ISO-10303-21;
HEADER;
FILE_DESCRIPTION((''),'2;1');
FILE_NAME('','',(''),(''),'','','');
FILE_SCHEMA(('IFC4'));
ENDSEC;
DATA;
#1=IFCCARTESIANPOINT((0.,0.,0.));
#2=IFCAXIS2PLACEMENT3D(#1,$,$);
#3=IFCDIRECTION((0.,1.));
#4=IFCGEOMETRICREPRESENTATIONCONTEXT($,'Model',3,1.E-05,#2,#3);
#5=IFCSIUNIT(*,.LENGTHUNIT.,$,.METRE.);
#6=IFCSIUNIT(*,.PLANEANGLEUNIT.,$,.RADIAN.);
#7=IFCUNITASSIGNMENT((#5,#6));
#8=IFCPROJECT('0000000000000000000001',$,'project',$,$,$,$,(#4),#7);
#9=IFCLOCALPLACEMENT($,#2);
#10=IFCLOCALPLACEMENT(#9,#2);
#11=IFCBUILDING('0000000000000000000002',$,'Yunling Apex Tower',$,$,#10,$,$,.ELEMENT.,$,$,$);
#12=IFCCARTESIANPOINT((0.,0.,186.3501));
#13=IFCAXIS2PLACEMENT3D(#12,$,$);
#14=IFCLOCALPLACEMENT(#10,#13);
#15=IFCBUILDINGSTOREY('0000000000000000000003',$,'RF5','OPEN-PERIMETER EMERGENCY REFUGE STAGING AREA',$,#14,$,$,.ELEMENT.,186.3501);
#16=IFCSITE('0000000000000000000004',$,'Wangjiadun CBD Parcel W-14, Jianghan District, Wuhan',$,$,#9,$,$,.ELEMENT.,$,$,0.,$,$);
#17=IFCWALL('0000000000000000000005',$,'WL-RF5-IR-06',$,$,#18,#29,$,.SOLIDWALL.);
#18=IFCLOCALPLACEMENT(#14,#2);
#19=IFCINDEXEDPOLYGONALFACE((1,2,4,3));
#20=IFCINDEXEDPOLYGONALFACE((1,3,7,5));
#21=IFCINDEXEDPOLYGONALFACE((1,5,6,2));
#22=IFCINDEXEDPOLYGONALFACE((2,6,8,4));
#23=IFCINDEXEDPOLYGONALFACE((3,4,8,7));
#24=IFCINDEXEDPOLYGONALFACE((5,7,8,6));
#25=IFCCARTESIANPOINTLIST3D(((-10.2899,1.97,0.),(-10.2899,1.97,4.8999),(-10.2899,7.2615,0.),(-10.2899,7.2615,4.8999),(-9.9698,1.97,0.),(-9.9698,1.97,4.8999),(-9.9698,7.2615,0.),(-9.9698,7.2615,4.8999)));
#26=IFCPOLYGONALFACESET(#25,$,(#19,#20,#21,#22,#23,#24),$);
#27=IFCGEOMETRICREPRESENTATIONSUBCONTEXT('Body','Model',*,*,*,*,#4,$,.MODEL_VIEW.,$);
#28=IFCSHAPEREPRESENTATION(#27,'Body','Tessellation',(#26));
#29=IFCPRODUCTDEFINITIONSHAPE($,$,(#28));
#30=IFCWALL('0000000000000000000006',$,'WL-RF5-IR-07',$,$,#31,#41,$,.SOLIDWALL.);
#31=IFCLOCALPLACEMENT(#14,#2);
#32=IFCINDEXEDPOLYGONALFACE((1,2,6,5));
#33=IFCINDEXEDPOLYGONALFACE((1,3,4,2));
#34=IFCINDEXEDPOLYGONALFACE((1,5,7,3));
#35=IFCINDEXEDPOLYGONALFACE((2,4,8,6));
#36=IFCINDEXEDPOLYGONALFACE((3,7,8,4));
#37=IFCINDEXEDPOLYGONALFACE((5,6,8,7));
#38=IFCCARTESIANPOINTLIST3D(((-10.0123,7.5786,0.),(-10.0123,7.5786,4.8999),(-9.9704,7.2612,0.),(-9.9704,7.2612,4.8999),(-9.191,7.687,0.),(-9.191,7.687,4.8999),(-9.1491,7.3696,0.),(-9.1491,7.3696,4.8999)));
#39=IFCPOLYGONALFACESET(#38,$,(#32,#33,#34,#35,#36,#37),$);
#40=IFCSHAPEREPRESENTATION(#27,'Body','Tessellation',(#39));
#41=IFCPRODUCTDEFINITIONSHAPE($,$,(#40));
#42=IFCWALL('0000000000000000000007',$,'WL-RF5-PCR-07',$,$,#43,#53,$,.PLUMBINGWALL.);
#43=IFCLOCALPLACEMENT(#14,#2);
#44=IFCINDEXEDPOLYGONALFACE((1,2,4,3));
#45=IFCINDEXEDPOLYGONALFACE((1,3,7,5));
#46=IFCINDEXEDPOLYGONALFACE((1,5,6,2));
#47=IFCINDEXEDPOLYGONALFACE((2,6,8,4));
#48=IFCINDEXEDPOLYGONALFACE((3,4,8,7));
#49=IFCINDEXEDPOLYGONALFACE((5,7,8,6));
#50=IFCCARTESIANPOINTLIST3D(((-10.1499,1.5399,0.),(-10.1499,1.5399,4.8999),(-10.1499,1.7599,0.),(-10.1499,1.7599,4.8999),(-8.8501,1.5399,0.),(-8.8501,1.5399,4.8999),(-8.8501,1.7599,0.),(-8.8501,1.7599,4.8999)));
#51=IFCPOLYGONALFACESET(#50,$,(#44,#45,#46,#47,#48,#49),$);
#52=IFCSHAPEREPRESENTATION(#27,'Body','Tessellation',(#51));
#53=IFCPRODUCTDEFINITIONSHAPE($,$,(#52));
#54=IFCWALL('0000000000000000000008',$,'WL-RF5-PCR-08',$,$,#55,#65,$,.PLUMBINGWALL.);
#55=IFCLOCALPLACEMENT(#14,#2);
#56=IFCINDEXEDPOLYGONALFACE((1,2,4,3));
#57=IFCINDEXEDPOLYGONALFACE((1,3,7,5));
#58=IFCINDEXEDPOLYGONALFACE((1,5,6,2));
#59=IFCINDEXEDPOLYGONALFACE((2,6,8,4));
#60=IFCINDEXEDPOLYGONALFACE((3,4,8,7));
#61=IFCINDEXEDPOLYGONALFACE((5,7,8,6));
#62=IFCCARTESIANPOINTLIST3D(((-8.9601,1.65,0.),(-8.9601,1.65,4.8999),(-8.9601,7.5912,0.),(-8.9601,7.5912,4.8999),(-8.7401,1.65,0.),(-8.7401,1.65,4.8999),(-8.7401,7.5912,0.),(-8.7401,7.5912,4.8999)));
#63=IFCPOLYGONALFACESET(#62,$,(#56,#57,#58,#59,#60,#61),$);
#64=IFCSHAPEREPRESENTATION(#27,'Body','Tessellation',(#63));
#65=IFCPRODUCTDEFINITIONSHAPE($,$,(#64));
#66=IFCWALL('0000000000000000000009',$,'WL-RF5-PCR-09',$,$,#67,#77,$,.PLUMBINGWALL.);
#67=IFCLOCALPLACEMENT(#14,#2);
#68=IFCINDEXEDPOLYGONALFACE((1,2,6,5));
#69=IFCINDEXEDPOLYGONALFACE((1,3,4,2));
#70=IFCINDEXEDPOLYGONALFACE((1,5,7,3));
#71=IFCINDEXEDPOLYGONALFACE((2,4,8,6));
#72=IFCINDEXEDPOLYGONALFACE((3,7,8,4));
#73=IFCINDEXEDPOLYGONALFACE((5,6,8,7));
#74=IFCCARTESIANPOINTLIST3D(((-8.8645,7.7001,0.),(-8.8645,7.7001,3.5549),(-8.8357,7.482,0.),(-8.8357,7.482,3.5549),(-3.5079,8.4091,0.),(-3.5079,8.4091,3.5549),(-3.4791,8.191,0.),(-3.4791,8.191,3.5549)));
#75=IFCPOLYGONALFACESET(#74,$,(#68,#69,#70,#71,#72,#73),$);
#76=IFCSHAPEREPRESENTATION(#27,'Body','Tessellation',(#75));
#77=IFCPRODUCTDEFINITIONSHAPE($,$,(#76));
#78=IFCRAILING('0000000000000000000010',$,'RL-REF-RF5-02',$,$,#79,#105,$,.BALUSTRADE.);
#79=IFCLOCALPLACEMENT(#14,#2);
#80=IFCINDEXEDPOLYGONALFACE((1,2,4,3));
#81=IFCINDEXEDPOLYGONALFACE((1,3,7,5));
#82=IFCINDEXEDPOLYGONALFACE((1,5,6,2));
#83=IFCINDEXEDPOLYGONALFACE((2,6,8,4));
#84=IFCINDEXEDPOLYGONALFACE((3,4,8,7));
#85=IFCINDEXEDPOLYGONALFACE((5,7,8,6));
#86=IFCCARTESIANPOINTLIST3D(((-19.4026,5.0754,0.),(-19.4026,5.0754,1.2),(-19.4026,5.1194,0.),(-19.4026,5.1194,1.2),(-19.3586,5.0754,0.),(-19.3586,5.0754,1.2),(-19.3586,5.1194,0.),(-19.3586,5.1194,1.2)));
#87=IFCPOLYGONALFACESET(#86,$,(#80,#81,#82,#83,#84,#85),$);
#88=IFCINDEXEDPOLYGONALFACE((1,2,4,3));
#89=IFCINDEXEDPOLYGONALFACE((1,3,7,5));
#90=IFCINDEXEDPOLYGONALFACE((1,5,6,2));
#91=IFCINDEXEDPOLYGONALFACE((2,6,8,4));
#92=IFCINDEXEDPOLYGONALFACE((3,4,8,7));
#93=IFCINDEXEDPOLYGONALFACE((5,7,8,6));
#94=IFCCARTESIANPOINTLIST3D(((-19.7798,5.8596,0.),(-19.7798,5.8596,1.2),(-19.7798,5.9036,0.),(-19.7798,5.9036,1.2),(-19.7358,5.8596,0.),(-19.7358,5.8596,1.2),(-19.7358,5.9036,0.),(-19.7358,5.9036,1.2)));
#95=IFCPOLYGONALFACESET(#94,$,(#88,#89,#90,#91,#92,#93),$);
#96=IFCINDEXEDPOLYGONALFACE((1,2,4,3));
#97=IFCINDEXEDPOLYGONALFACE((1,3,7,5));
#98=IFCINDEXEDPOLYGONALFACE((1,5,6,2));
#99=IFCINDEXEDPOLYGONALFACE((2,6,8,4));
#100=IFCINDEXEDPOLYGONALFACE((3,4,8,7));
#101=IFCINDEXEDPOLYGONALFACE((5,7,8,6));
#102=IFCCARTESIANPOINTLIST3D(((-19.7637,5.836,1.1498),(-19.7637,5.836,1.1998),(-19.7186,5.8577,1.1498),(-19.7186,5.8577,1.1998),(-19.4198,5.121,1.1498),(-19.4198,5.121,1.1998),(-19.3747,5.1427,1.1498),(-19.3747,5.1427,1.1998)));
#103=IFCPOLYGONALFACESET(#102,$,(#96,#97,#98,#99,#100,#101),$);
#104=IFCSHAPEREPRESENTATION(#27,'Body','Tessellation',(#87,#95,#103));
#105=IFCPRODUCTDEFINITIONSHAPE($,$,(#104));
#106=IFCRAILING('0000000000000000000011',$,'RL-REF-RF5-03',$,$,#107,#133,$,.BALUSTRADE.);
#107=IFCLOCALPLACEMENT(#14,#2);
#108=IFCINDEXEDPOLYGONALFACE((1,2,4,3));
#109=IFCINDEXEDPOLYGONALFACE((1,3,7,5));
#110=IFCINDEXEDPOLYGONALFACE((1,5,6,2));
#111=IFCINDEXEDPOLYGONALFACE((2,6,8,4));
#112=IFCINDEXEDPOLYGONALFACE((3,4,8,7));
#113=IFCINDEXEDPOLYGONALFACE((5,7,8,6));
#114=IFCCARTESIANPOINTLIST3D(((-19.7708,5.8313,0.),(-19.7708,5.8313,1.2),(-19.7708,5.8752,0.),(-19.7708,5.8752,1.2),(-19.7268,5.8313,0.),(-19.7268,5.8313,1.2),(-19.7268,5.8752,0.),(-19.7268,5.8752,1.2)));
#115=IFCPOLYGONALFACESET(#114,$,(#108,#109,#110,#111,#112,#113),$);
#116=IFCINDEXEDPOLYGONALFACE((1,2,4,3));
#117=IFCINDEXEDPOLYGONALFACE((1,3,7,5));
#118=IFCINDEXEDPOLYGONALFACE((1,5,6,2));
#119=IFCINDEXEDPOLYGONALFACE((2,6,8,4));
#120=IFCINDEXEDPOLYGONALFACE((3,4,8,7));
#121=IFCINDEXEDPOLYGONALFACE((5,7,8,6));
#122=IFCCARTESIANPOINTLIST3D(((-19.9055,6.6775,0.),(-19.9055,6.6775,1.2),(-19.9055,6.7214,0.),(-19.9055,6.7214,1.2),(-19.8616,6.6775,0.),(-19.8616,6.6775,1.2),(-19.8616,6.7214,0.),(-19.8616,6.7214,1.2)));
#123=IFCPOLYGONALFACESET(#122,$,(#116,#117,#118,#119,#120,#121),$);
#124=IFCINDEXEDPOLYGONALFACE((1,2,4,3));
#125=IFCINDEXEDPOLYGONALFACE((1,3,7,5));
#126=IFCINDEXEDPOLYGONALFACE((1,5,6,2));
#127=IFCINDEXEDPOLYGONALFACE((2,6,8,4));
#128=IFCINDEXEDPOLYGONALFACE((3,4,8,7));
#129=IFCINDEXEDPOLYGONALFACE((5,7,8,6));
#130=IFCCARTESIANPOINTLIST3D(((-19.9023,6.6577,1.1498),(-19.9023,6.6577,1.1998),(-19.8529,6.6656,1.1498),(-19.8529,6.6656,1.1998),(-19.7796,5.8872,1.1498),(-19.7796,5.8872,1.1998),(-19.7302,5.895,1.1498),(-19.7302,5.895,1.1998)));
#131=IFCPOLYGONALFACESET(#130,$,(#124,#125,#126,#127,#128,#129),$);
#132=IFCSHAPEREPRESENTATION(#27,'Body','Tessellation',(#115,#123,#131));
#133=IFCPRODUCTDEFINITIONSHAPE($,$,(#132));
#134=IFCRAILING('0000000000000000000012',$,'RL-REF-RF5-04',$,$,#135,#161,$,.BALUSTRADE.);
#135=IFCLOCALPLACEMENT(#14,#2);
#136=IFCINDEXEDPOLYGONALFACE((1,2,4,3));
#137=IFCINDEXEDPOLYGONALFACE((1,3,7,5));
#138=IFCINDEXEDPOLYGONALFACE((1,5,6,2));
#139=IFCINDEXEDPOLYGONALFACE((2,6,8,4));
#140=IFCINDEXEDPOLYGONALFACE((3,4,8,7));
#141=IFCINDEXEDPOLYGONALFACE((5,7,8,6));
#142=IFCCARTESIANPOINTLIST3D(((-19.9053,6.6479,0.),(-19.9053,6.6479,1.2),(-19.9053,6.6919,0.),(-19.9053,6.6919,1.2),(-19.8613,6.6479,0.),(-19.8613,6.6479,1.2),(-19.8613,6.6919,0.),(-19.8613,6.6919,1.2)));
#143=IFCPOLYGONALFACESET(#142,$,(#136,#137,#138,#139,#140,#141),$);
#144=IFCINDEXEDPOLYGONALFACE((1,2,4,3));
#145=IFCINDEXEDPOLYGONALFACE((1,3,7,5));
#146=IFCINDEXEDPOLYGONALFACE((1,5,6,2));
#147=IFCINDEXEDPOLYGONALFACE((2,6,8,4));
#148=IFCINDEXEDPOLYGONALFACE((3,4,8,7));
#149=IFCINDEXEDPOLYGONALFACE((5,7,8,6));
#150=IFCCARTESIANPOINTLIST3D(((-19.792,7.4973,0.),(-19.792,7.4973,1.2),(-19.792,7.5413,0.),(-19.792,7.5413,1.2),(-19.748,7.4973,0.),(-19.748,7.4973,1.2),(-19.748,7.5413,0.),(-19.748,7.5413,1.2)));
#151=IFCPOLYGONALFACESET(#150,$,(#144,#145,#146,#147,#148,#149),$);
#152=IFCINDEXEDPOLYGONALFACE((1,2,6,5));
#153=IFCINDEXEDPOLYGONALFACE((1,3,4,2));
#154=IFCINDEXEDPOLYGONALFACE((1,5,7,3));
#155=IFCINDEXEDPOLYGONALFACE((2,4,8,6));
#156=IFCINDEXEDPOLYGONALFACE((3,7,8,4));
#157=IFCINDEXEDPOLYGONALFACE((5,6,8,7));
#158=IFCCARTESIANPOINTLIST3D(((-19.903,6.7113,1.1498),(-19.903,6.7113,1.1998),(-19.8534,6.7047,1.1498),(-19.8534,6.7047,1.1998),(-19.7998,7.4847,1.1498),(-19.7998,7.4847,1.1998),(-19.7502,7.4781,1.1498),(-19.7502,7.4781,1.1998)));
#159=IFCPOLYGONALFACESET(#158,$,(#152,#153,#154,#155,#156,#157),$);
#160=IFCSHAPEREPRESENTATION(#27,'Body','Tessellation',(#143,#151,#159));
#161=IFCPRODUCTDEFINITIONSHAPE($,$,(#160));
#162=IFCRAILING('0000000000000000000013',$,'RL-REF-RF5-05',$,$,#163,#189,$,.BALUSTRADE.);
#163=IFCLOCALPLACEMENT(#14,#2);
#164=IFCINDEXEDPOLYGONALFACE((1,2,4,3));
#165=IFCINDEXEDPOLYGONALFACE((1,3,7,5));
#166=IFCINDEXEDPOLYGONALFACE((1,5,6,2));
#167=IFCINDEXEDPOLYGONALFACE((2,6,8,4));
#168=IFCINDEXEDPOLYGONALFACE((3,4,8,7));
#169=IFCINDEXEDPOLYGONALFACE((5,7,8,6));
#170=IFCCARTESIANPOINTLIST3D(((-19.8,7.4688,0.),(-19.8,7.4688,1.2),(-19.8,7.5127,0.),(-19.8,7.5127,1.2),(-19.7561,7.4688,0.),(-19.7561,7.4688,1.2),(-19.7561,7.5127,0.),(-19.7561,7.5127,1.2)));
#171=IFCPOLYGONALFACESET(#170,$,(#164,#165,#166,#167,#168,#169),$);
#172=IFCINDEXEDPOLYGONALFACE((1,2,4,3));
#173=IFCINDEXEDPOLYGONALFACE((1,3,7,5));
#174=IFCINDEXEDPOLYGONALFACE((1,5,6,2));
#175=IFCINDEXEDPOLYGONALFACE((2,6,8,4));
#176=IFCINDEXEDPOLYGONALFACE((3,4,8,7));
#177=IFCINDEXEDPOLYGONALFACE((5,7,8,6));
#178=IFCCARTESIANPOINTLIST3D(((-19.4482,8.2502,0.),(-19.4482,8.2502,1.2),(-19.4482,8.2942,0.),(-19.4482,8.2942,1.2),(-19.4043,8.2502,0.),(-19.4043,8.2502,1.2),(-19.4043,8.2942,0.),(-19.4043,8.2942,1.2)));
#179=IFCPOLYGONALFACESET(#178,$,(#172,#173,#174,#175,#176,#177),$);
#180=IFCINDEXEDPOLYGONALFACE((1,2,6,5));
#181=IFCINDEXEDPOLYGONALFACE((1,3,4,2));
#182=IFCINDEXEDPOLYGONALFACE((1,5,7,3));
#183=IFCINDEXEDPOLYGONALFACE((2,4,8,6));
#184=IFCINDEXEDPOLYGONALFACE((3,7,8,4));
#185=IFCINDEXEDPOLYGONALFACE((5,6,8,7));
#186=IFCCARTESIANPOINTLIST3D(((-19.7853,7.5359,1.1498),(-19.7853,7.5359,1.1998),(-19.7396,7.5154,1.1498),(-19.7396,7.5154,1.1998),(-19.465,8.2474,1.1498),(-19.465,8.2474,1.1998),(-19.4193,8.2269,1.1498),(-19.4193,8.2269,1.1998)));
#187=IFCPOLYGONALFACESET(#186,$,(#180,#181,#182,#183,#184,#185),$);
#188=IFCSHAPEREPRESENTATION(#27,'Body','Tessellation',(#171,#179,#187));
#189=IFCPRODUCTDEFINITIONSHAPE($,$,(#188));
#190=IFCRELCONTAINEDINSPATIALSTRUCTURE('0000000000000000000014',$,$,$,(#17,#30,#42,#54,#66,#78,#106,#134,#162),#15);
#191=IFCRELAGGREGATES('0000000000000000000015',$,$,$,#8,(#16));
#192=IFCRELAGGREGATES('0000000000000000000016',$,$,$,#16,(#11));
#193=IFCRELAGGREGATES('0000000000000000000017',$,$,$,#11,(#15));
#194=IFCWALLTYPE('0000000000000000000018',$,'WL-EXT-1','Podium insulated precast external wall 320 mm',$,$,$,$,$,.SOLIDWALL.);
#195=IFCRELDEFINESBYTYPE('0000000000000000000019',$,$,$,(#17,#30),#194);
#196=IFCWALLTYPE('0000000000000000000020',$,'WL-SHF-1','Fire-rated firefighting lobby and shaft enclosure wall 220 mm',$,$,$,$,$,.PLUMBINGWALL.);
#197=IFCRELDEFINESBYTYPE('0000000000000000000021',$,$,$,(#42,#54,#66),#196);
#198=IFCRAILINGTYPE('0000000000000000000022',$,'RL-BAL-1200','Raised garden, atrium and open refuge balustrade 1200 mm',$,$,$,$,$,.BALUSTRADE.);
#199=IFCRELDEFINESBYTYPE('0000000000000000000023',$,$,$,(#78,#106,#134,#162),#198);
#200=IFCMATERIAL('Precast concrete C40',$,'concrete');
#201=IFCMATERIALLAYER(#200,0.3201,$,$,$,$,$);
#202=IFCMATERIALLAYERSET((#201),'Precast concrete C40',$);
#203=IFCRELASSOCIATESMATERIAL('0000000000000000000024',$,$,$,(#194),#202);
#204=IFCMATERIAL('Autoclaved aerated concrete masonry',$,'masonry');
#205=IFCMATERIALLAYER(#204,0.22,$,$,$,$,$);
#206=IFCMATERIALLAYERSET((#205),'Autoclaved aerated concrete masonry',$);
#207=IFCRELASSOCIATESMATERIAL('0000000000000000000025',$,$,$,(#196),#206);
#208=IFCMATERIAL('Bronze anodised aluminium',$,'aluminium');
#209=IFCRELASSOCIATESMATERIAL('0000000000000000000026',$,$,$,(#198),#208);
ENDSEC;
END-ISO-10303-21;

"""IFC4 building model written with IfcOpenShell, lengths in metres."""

from ifc_helpers import new_model, si_unit, direction, frame, frame_2d, origin, origin_2d, place, context, subcontext, project, spatial, rectangle, extrude, material, layer, layer_set, type_object, element, save


model = new_model("IFC4")

# Units and contexts
model_context = context("Model", 3, precision=1e-05, world=origin(), true_north=direction((0.0, 1.0)))
body_context = subcontext(model_context, "Body", "Model", "MODEL_VIEW")
ifc_project = project(units=[si_unit("LENGTHUNIT", "METRE"), si_unit("PLANEANGLEUNIT", "RADIAN")], contexts=[model_context])

# Site, building, storey
site_placement = place(None, origin())
site = spatial("IfcSite", under=ifc_project, at=site_placement, Name="Wangjiadun CBD Parcel W-14, Jianghan District, Wuhan", CompositionType="ELEMENT", RefElevation=0.0)
building_placement = place(site_placement, origin())
building = spatial("IfcBuilding", under=site, at=building_placement, Name="Yunling Apex Tower", CompositionType="ELEMENT")
storey_placement = place(building_placement, frame((0.0, 0.0, 186.3501)))
storey = spatial("IfcBuildingStorey", under=building, at=storey_placement, Name="RF5", Description="OPEN-PERIMETER EMERGENCY REFUGE STAGING AREA", CompositionType="ELEMENT", Elevation=186.3501)

# Walls
ifc_material_1 = material(Name="Precast concrete C40", Category="concrete")
ifc_layer_1 = layer(ifc_material_1, 0.3201)
ifc_layer_set_1 = layer_set([ifc_layer_1], Name="Precast concrete C40")
wall_type_1 = type_object("IfcWallType", Name="WL-EXT-1", Description="Podium insulated precast external wall 320 mm", PredefinedType="SOLIDWALL", material=ifc_layer_set_1)
wall_1_placement = place(storey_placement, frame((-10.1299, 1.97, 0.0), z_axis=(0.0, 0.0, 1.0), x_axis=(0.0, 1.0, 0.0)))
element("IfcWall", 1, at=wall_1_placement, inside=storey, type_object=wall_type_1, Name="WL-RF5-IR-06", PredefinedType="SOLIDWALL", context=body_context, shape_type="SweptSolid", body=[
    extrude(rectangle(XDim=5.2915, YDim=0.3201, at=frame_2d((2.6458, 0.0))), origin(), (0.0, 0.0, 1.0), 4.8999),
])
wall_2_placement = place(storey_placement, frame((-9.9912, 7.4199, 0.0), z_axis=(0.0, 0.0, 1.0), x_axis=(0.991402, 0.130851, 0.0)))
element("IfcWall", 2, at=wall_2_placement, inside=storey, type_object=wall_type_1, Name="WL-RF5-IR-07", PredefinedType="SOLIDWALL", context=body_context, shape_type="SweptSolid", body=[
    extrude(rectangle(XDim=0.8284, YDim=0.3201, at=frame_2d((0.4141, 0.0))), origin(), (0.0, 0.0, 1.0), 4.8999),
])
ifc_material_2 = material(Name="Autoclaved aerated concrete masonry", Category="masonry")
ifc_layer_2 = layer(ifc_material_2, 0.22)
ifc_layer_set_2 = layer_set([ifc_layer_2], Name="Autoclaved aerated concrete masonry")
wall_type_2 = type_object("IfcWallType", Name="WL-SHF-1", Description="Fire-rated firefighting lobby and shaft enclosure wall 220 mm", PredefinedType="PLUMBINGWALL", material=ifc_layer_set_2)
wall_3_placement = place(storey_placement, frame((-10.1499, 1.6499, 0.0), z_axis=(0.0, 0.0, 1.0), x_axis=(1.0, 0.0, 0.0)))
element("IfcWall", 3, at=wall_3_placement, inside=storey, type_object=wall_type_2, Name="WL-RF5-PCR-07", PredefinedType="PLUMBINGWALL", context=body_context, shape_type="SweptSolid", body=[
    extrude(rectangle(XDim=1.2998, YDim=0.22, at=frame_2d((0.6499, 0.0))), origin(), (0.0, 0.0, 1.0), 4.8999),
])
wall_4_placement = place(storey_placement, frame((-8.8501, 1.6499, 0.0), z_axis=(0.0, 0.0, 1.0), x_axis=(0.0, 1.0, 0.0)))
element("IfcWall", 4, at=wall_4_placement, inside=storey, type_object=wall_type_2, Name="WL-RF5-PCR-08", PredefinedType="PLUMBINGWALL", context=body_context, shape_type="SweptSolid", body=[
    extrude(rectangle(XDim=5.9412, YDim=0.22, at=frame_2d((2.9707, 0.0))), origin(), (0.0, 0.0, 1.0), 4.8999),
])
wall_5_placement = place(storey_placement, frame((-8.8501, 7.5911, 0.0), z_axis=(0.0, 0.0, 1.0), x_axis=(0.991355, 0.131211, 0.0)))
element("IfcWall", 5, at=wall_5_placement, inside=storey, type_object=wall_type_2, Name="WL-RF5-PCR-09", PredefinedType="PLUMBINGWALL", context=body_context, shape_type="SweptSolid", body=[
    extrude(rectangle(XDim=5.4033, YDim=0.22, at=frame_2d((2.7017, 0.0))), origin(), (0.0, 0.0, 1.0), 3.5549),
])

# Railings
ifc_material_3 = material(Name="Bronze anodised aluminium", Category="aluminium")
railing_type = type_object("IfcRailingType", Name="RL-BAL-1200", Description="Raised garden, atrium and open refuge balustrade 1200 mm", PredefinedType="BALUSTRADE", material=ifc_material_3)
railing_1_placement = place(storey_placement, frame((-19.3806, 5.0974, 0.0)))
element("IfcRailing", 6, at=railing_1_placement, inside=storey, type_object=railing_type, Name="RL-REF-RF5-02", PredefinedType="BALUSTRADE", context=body_context, shape_type="SweptSolid", body=[
    extrude(rectangle(XDim=0.0439, YDim=0.0439, at=origin_2d()), origin(), (0.0, 0.0, 1.0), 1.2),
    extrude(rectangle(XDim=0.0439, YDim=0.0439, at=origin_2d()), frame((-0.3772, 0.7842, 0.0)), (0.0, 0.0, 1.0), 1.2),
    extrude(rectangle(XDim=0.05, YDim=0.05, at=origin_2d()), frame((-0.0166, 0.0344, 1.1748), z_axis=(-0.43347, 0.901168, 0.0), x_axis=(-0.901168, -0.43347, 0.0)), (0.0, 0.0, 1.0), 0.7935),
])
railing_2_placement = place(storey_placement, frame((-19.7488, 5.8533, 0.0)))
element("IfcRailing", 7, at=railing_2_placement, inside=storey, type_object=railing_type, Name="RL-REF-RF5-03", PredefinedType="BALUSTRADE", context=body_context, shape_type="SweptSolid", body=[
    extrude(rectangle(XDim=0.0439, YDim=0.0439, at=origin_2d()), origin(), (0.0, 0.0, 1.0), 1.2),
    extrude(rectangle(XDim=0.0439, YDim=0.0439, at=origin_2d()), frame((-0.1348, 0.8462, 0.0)), (0.0, 0.0, 1.0), 1.2),
    extrude(rectangle(XDim=0.05, YDim=0.05, at=origin_2d()), frame((-0.0061, 0.0378, 1.1748), z_axis=(-0.157279, 0.987554, 0.0), x_axis=(-0.987554, -0.157279, 0.0)), (0.0, 0.0, 1.0), 0.7803),
])
railing_3_placement = place(storey_placement, frame((-19.8833, 6.6699, 0.0)))
element("IfcRailing", 8, at=railing_3_placement, inside=storey, type_object=railing_type, Name="RL-REF-RF5-04", PredefinedType="BALUSTRADE", context=body_context, shape_type="SweptSolid", body=[
    extrude(rectangle(XDim=0.0439, YDim=0.0439, at=origin_2d()), origin(), (0.0, 0.0, 1.0), 1.2),
    extrude(rectangle(XDim=0.0439, YDim=0.0439, at=origin_2d()), frame((0.1133, 0.8494, 0.0)), (0.0, 0.0, 1.0), 1.2),
    extrude(rectangle(XDim=0.05, YDim=0.05, at=origin_2d()), frame((0.0051, 0.0381, 1.1748), z_axis=(0.132201, 0.991223, 0.0), x_axis=(-0.991223, 0.132201, 0.0)), (0.0, 0.0, 1.0), 0.7803),
])
railing_4_placement = place(storey_placement, frame((-19.7781, 7.4907, 0.0)))
element("IfcRailing", 9, at=railing_4_placement, inside=storey, type_object=railing_type, Name="RL-REF-RF5-05", PredefinedType="BALUSTRADE", context=body_context, shape_type="SweptSolid", body=[
    extrude(rectangle(XDim=0.0439, YDim=0.0439, at=origin_2d()), origin(), (0.0, 0.0, 1.0), 1.2),
    extrude(rectangle(XDim=0.0439, YDim=0.0439, at=origin_2d()), frame((0.3518, 0.7815, 0.0)), (0.0, 0.0, 1.0), 1.2),
    extrude(rectangle(XDim=0.05, YDim=0.05, at=origin_2d()), frame((0.0156, 0.0349, 1.1748), z_axis=(0.410495, 0.911863, 0.0), x_axis=(-0.911863, 0.410495, 0.0)), (0.0, 0.0, 1.0), 0.7803),
])

save(model, "model.ifc")
